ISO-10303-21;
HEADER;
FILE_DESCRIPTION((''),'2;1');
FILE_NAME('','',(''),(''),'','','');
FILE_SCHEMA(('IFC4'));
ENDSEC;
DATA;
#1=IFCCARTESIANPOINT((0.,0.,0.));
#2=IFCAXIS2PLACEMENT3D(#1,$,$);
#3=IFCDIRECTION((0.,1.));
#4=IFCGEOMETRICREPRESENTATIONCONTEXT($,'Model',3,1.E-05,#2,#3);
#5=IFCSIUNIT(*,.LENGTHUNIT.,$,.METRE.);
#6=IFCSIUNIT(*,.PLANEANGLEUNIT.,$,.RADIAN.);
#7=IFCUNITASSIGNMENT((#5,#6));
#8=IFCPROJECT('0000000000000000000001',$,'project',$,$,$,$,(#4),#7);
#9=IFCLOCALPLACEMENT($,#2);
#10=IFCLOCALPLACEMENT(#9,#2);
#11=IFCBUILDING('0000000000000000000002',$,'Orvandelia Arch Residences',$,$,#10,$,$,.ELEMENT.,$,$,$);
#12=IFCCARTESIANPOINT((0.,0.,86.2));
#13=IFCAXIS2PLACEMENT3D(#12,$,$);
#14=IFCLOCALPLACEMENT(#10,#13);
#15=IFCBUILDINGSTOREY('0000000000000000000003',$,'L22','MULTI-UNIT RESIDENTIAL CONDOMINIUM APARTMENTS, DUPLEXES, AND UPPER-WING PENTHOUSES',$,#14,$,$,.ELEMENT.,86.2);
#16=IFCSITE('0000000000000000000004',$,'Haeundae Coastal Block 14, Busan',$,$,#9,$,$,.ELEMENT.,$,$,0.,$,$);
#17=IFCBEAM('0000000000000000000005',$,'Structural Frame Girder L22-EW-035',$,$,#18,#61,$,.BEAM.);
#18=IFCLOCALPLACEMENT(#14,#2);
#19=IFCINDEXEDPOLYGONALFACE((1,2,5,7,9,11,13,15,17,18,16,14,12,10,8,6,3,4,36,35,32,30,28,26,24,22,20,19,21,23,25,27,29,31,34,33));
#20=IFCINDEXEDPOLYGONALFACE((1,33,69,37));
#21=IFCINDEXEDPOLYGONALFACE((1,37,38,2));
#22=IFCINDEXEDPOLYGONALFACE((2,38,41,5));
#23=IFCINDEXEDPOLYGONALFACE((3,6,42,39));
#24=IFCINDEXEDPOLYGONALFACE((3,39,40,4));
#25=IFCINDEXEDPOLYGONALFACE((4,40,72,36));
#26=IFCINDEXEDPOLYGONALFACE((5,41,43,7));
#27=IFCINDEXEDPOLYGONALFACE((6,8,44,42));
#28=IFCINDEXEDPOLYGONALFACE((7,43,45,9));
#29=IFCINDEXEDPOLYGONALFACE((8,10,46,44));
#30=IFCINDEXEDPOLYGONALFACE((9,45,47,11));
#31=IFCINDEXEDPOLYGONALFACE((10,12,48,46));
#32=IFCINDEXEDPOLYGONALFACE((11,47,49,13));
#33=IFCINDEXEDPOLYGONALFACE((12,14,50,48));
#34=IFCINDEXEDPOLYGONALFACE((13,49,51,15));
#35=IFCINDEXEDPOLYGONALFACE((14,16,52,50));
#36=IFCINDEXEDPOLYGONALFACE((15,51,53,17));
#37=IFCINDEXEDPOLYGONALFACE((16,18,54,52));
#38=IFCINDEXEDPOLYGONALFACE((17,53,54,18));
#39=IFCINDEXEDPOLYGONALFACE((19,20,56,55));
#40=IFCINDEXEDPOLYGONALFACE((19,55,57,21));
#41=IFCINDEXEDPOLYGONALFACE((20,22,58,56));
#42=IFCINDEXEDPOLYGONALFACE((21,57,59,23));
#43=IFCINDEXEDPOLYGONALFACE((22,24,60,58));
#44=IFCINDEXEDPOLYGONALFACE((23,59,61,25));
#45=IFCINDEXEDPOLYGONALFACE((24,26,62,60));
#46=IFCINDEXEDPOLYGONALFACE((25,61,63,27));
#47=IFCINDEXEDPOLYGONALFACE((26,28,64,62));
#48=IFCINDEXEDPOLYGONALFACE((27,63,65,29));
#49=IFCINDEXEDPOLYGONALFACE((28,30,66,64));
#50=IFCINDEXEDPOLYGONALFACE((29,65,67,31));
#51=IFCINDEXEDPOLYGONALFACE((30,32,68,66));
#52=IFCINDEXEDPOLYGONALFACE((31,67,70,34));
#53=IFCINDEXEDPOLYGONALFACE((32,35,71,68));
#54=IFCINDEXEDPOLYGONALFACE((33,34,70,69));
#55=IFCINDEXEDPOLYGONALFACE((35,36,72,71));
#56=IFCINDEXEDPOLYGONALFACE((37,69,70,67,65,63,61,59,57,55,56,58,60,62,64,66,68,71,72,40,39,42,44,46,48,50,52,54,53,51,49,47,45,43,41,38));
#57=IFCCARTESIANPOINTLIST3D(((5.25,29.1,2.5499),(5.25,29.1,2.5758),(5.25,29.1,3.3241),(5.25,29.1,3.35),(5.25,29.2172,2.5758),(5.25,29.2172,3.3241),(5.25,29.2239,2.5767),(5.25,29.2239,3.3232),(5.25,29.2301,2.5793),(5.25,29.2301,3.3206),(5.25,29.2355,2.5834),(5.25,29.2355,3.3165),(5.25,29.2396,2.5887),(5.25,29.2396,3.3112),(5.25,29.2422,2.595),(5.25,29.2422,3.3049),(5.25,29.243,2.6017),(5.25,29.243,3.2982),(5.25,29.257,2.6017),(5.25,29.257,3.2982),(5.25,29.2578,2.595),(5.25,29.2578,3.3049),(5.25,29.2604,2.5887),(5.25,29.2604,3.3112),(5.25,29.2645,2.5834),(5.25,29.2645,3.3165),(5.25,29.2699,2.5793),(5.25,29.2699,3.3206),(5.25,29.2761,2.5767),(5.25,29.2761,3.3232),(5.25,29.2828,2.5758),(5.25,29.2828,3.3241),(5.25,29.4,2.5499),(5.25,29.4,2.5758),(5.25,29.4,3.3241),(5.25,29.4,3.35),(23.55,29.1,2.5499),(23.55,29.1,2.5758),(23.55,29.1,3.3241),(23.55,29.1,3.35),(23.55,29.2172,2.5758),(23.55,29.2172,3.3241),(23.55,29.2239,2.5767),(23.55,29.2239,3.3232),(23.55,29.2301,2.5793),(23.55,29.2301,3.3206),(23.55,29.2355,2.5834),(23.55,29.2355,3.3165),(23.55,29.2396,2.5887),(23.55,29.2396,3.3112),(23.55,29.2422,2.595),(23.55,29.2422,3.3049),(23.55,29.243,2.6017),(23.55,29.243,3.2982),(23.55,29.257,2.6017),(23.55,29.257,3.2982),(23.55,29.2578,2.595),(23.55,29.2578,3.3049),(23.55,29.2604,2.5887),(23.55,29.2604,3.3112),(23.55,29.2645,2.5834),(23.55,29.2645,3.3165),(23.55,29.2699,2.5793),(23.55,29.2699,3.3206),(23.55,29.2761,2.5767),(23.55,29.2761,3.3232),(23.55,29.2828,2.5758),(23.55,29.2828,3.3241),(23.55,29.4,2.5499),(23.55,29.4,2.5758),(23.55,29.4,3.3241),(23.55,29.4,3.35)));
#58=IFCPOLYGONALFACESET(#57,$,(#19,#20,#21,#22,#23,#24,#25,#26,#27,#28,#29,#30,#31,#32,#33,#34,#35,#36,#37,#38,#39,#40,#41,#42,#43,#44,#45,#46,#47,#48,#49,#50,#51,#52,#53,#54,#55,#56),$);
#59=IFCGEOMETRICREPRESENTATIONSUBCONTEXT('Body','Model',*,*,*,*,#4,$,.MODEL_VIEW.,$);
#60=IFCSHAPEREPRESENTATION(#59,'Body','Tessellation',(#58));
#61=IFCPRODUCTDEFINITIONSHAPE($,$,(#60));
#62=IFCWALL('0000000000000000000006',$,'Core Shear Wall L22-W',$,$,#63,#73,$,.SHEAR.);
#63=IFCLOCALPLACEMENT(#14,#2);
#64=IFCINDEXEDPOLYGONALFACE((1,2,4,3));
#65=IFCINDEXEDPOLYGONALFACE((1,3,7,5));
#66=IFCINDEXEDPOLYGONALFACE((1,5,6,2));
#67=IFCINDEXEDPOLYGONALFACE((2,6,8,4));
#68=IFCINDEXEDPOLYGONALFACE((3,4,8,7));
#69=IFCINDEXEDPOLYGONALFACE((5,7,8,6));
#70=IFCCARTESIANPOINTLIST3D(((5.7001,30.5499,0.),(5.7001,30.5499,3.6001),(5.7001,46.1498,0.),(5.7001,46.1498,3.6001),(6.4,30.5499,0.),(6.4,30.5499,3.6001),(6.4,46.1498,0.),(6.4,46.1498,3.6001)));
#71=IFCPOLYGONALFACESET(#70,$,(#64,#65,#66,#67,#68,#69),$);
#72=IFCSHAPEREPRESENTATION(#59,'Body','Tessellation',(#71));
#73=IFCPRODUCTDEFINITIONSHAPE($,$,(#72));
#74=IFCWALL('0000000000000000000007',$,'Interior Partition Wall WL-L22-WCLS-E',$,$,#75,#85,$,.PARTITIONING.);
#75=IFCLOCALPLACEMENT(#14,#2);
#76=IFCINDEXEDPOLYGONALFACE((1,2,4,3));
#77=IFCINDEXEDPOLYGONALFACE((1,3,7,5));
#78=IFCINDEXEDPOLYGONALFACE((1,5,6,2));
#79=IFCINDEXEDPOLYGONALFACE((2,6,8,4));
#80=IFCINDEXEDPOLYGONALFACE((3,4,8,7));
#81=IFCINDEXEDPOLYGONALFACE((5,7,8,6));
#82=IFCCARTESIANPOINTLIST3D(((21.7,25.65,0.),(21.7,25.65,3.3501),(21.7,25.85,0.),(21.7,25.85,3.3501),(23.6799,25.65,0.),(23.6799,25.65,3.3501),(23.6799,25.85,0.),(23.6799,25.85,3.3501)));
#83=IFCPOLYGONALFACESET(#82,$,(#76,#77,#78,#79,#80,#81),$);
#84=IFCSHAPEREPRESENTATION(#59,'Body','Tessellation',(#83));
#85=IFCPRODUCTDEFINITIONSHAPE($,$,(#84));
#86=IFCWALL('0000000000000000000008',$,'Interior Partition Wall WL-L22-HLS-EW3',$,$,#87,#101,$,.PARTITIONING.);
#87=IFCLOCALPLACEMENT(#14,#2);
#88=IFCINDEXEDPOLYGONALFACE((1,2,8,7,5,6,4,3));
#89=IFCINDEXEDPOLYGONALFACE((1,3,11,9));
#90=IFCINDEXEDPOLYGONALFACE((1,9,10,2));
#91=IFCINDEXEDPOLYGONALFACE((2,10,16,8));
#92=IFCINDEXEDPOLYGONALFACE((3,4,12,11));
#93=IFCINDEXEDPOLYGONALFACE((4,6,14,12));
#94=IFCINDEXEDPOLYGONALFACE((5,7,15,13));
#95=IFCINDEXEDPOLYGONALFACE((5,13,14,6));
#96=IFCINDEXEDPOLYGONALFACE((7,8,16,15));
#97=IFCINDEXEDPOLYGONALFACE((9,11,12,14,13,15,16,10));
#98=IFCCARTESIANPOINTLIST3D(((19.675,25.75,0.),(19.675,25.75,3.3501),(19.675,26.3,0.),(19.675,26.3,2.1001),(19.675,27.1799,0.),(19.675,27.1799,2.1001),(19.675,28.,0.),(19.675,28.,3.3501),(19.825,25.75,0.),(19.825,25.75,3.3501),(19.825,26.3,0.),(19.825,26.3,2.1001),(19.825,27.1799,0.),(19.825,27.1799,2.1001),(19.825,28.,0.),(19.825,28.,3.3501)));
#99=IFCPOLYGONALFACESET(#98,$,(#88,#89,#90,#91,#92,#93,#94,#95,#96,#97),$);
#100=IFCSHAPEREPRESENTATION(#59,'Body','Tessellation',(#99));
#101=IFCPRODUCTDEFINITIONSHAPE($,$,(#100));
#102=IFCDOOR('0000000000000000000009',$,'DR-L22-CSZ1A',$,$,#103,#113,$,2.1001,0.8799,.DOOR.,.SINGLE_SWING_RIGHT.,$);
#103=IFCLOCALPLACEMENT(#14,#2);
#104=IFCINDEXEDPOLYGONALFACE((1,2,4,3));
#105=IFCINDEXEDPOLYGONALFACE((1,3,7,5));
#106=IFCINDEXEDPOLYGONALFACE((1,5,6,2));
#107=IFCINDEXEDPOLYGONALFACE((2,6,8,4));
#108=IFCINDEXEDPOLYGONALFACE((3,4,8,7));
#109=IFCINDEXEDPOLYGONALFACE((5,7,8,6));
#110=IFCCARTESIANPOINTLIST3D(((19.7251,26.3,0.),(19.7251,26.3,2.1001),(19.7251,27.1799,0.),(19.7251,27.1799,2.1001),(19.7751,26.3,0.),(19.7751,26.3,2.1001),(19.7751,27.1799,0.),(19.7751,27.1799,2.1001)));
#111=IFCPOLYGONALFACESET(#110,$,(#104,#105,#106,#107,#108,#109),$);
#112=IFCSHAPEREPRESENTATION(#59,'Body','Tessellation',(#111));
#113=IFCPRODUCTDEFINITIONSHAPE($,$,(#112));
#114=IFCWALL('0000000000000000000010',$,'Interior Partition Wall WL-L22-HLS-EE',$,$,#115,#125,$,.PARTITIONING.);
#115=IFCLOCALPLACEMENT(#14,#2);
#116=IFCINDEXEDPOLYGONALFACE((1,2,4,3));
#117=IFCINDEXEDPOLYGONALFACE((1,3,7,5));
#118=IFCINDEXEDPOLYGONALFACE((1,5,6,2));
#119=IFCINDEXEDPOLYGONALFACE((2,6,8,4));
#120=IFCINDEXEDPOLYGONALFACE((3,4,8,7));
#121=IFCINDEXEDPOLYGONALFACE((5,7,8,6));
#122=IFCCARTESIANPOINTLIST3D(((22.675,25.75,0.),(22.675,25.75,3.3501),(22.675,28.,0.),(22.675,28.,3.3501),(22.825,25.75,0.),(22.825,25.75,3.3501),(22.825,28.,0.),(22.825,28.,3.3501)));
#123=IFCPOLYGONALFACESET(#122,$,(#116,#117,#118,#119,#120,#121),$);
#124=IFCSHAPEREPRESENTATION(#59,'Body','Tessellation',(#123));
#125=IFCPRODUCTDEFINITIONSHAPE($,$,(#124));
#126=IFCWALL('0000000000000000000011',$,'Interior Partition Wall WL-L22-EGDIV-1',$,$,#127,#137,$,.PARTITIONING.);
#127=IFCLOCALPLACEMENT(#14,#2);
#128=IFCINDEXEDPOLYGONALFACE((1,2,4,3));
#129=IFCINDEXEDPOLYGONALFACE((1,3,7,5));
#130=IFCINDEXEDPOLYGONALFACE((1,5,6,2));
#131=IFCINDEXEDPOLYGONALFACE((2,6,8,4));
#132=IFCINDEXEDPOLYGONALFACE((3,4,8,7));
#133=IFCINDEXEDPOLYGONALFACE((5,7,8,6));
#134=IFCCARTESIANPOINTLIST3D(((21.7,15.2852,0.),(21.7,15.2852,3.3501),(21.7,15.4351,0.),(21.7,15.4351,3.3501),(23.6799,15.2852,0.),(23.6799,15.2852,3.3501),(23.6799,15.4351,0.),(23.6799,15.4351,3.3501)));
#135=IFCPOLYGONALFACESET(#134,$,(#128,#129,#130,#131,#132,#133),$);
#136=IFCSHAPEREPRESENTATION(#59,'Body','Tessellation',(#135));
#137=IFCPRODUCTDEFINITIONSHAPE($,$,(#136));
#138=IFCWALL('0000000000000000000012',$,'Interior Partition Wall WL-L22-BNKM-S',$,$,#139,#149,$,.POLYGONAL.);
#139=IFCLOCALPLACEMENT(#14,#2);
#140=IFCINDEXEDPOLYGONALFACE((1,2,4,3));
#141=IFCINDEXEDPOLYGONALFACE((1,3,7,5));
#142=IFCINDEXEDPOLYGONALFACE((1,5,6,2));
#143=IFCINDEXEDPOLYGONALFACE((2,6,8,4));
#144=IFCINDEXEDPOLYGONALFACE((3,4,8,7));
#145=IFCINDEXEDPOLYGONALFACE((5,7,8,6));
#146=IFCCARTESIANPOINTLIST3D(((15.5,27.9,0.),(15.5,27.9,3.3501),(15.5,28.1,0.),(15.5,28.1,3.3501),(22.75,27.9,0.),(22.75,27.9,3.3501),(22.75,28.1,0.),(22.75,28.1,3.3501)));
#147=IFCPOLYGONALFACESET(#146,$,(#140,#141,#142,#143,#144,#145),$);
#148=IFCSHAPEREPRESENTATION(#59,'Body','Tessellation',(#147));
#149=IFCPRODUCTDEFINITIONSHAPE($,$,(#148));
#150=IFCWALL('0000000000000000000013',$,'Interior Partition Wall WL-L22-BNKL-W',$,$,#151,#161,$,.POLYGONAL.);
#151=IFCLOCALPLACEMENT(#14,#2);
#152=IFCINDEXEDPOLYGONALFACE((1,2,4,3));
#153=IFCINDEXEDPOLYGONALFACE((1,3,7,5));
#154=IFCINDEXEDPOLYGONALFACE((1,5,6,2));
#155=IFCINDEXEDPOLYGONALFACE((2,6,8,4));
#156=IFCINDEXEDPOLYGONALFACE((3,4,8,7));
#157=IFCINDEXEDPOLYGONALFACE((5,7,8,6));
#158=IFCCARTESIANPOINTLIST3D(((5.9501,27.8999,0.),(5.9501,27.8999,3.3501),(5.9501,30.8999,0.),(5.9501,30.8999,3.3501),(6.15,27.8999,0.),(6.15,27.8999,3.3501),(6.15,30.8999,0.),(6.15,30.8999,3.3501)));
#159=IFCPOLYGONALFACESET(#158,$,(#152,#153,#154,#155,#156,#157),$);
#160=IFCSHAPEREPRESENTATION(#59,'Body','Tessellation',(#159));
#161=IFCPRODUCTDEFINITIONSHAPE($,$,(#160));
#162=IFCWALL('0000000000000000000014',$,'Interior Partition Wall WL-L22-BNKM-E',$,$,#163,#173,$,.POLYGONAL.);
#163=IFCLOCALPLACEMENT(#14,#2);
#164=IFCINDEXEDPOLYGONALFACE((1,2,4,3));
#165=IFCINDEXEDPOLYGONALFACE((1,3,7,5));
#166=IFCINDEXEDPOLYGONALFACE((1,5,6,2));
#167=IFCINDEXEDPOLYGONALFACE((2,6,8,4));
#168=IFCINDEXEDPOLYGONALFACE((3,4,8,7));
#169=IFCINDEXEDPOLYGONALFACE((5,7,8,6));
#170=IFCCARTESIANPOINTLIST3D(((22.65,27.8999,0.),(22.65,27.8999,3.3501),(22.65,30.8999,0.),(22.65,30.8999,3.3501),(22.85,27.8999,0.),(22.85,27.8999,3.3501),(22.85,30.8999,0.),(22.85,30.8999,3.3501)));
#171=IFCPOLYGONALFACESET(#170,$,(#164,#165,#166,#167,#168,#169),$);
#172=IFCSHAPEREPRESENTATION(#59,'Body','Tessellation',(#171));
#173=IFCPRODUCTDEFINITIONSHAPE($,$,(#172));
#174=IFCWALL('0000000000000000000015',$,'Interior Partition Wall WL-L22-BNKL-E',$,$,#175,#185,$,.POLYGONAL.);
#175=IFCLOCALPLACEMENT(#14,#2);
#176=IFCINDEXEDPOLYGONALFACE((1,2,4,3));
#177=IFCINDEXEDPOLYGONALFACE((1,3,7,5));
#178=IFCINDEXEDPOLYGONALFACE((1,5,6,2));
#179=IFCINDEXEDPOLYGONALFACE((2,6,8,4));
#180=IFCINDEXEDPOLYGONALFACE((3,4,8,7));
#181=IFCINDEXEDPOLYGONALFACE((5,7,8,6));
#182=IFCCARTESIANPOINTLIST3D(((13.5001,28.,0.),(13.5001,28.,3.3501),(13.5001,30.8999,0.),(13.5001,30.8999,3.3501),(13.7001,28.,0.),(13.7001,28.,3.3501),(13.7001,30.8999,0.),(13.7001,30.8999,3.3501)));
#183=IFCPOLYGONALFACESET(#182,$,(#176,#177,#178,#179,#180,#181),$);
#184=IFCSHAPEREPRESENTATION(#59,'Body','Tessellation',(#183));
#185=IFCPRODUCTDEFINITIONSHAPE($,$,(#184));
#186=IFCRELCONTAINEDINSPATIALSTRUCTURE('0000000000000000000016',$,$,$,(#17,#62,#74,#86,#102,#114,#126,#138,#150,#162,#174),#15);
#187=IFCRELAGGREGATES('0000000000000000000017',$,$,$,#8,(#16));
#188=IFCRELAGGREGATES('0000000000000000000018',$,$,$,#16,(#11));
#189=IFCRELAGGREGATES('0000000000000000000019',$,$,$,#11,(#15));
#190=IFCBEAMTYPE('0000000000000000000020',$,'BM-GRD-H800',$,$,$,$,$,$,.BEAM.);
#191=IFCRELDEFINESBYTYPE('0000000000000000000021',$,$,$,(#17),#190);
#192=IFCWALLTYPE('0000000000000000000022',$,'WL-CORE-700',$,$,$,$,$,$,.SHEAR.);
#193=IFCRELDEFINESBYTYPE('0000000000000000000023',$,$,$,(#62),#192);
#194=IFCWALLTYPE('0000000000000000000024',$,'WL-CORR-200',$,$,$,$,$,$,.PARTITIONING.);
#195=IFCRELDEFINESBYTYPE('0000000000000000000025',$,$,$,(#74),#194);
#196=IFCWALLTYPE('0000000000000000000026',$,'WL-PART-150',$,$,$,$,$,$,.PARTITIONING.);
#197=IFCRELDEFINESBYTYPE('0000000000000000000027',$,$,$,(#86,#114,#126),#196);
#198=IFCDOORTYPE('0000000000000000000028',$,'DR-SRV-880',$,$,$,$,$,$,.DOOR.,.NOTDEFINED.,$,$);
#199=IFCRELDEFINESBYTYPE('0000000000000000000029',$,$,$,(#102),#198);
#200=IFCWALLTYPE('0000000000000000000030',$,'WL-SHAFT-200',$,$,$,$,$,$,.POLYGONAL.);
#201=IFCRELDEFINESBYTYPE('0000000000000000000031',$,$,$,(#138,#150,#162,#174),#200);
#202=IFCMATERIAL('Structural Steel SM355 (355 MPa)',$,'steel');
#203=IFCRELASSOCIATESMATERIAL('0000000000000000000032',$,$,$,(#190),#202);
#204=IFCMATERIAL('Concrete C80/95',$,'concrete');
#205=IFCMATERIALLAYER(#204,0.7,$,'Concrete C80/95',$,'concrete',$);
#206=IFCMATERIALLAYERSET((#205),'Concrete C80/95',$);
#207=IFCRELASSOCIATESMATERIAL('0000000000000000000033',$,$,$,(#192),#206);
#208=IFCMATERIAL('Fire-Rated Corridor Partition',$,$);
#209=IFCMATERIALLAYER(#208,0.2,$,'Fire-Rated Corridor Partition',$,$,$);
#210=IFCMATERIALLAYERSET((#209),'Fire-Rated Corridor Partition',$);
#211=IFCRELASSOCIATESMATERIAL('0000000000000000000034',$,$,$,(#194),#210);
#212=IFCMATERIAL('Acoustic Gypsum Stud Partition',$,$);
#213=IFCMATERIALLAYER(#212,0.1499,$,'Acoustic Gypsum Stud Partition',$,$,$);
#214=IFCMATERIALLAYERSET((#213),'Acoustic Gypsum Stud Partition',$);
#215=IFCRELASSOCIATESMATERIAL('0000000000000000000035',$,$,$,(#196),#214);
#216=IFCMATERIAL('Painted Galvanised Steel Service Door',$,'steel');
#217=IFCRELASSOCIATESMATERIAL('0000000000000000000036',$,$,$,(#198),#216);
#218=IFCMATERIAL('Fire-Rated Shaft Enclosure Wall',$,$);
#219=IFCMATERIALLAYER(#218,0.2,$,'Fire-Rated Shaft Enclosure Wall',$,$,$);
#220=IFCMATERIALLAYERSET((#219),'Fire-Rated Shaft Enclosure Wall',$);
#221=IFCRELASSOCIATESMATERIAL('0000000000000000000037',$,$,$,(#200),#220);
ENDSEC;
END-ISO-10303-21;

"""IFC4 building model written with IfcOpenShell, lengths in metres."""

from ifc_helpers import new_model, si_unit, direction, frame, frame_2d, origin, origin_2d, place, context, subcontext, project, spatial, rectangle, i_section, extrude, material, layer, layer_set, material_profile, profile_set, type_object, element, fill, save


model = new_model("IFC4")

# Units and contexts
model_context = context("Model", 3, precision=1e-05, world=origin(), true_north=direction((0.0, 1.0)))
body_context = subcontext(model_context, "Body", "Model", "MODEL_VIEW")
ifc_project = project(units=[si_unit("LENGTHUNIT", "METRE"), si_unit("PLANEANGLEUNIT", "RADIAN")], contexts=[model_context])

# Site, building, storey
site_placement = place(None, origin())
site = spatial("IfcSite", under=ifc_project, at=site_placement, Name="Haeundae Coastal Block 14, Busan", CompositionType="ELEMENT", RefElevation=0.0)
building_placement = place(site_placement, origin())
building = spatial("IfcBuilding", under=site, at=building_placement, Name="Orvandelia Arch Residences", CompositionType="ELEMENT")
storey_placement = place(building_placement, frame((0.0, 0.0, 86.2)))
storey = spatial("IfcBuildingStorey", under=building, at=storey_placement, Name="L22", Description="MULTI-UNIT RESIDENTIAL CONDOMINIUM APARTMENTS, DUPLEXES, AND UPPER-WING PENTHOUSES", CompositionType="ELEMENT", Elevation=86.2)

# Beam
ifc_material_1 = material(Name="Structural Steel SM355 (355 MPa)", Category="steel")
ifc_material_profile = material_profile(ifc_material_1, i_section(OverallWidth=0.3, OverallDepth=0.8, WebThickness=0.0139, FlangeThickness=0.0259, FilletRadius=0.0259, at=origin_2d()), Name="Structural Steel SM355 (355 MPa)", Category="steel")
ifc_profile_set = profile_set([ifc_material_profile], Name="Structural Steel SM355 (355 MPa)")
beam_type = type_object("IfcBeamType", Name="BM-GRD-H800", PredefinedType="BEAM", material=ifc_profile_set)
beam_placement = place(storey_placement, frame((5.25, 29.25, 2.95), z_axis=(1.0, 0.0, 0.0), x_axis=(0.0, 1.0, 0.0)))
element("IfcBeam", 1, at=beam_placement, inside=storey, type_object=beam_type, Name="Structural Frame Girder L22-EW-035", PredefinedType="BEAM", context=body_context, shape_type="SweptSolid", body=[
    extrude(i_section(OverallWidth=0.3, OverallDepth=0.8, WebThickness=0.0139, FlangeThickness=0.0259, FilletRadius=0.0259, at=origin_2d()), origin(), (0.0, 0.0, 1.0), 18.3),
])

# Walls
ifc_material_2 = material(Name="Concrete C80/95", Category="concrete")
ifc_layer_1 = layer(ifc_material_2, 0.7, Name="Concrete C80/95", Category="concrete")
ifc_layer_set_1 = layer_set([ifc_layer_1], Name="Concrete C80/95")
wall_type_1 = type_object("IfcWallType", Name="WL-CORE-700", PredefinedType="SHEAR", material=ifc_layer_set_1)
wall_1_placement = place(storey_placement, frame((6.05, 30.55, 0.0), z_axis=(0.0, 0.0, 1.0), x_axis=(0.0, 1.0, 0.0)))
element("IfcWall", 2, at=wall_1_placement, inside=storey, type_object=wall_type_1, Name="Core Shear Wall L22-W", PredefinedType="SHEAR", context=body_context, shape_type="SweptSolid", body=[
    extrude(rectangle(XDim=15.5999, YDim=0.7, at=frame_2d((7.7998, 0.0))), origin(), (0.0, 0.0, 1.0), 3.6001),
])
ifc_material_3 = material(Name="Fire-Rated Corridor Partition")
ifc_layer_2 = layer(ifc_material_3, 0.2, Name="Fire-Rated Corridor Partition")
ifc_layer_set_2 = layer_set([ifc_layer_2], Name="Fire-Rated Corridor Partition")
wall_type_2 = type_object("IfcWallType", Name="WL-CORR-200", PredefinedType="PARTITIONING", material=ifc_layer_set_2)
wall_2_placement = place(storey_placement, frame((21.7, 25.75, 0.0), z_axis=(0.0, 0.0, 1.0), x_axis=(1.0, 0.0, 0.0)))
element("IfcWall", 3, at=wall_2_placement, inside=storey, type_object=wall_type_2, Name="Interior Partition Wall WL-L22-WCLS-E", PredefinedType="PARTITIONING", context=body_context, shape_type="SweptSolid", body=[
    extrude(rectangle(XDim=1.98, YDim=0.2, at=frame_2d((0.99, 0.0))), origin(), (0.0, 0.0, 1.0), 3.3501),
])

# Wall, opening, door
ifc_material_4 = material(Name="Acoustic Gypsum Stud Partition")
ifc_layer_3 = layer(ifc_material_4, 0.1499, Name="Acoustic Gypsum Stud Partition")
ifc_layer_set_3 = layer_set([ifc_layer_3], Name="Acoustic Gypsum Stud Partition")
wall_type_3 = type_object("IfcWallType", Name="WL-PART-150", PredefinedType="PARTITIONING", material=ifc_layer_set_3)
wall_3_placement = place(storey_placement, frame((19.75, 25.75, 0.0), z_axis=(0.0, 0.0, 1.0), x_axis=(0.0, 1.0, 0.0)))
wall_3 = element("IfcWall", 4, at=wall_3_placement, inside=storey, type_object=wall_type_3, Name="Interior Partition Wall WL-L22-HLS-EW3", PredefinedType="PARTITIONING", context=body_context, shape_type="SweptSolid", body=[
    extrude(rectangle(XDim=2.25, YDim=0.1499, at=frame_2d((1.125, 0.0))), origin(), (0.0, 0.0, 1.0), 3.3501),
])
opening_1_placement = place(wall_3_placement, frame((0.55, 0.0, 0.0)))
opening_1 = element("IfcOpeningElement", 5, at=opening_1_placement, cuts=wall_3, PredefinedType="OPENING", context=body_context, shape_type="SweptSolid", body=[
    extrude(rectangle(XDim=0.8799, YDim=2.1001, at=frame_2d((0.4399, 1.05))), frame((0.0, 0.085, 0.0), z_axis=(0.0, -1.0, 0.0), x_axis=(1.0, 0.0, 0.0)), (0.0, 0.0, 1.0), 0.1699),
])
ifc_material_5 = material(Name="Painted Galvanised Steel Service Door", Category="steel")
door_type_1 = type_object("IfcDoorType", Name="DR-SRV-880", OperationType="NOTDEFINED", PredefinedType="DOOR", material=ifc_material_5)
door_1_placement = place(opening_1_placement, origin())
door_1 = element("IfcDoor", 6, at=door_1_placement, inside=storey, type_object=door_type_1, Name="DR-L22-CSZ1A", OperationType="SINGLE_SWING_RIGHT", OverallHeight=2.1001, OverallWidth=0.8799, PredefinedType="DOOR", context=body_context, shape_type="SweptSolid", body=[
    extrude(rectangle(XDim=0.8799, YDim=2.1001, at=frame_2d((0.4399, 1.05))), frame((0.0, 0.0249, 0.0), z_axis=(0.0, -1.0, 0.0), x_axis=(1.0, 0.0, 0.0)), (0.0, 0.0, 1.0), 0.05),
])
fill(opening_1, door_1)

# Walls
wall_4_placement = place(storey_placement, frame((22.75, 25.75, 0.0), z_axis=(0.0, 0.0, 1.0), x_axis=(0.0, 1.0, 0.0)))
element("IfcWall", 7, at=wall_4_placement, inside=storey, type_object=wall_type_3, Name="Interior Partition Wall WL-L22-HLS-EE", PredefinedType="PARTITIONING", context=body_context, shape_type="SweptSolid", body=[
    extrude(rectangle(XDim=2.25, YDim=0.1499, at=frame_2d((1.125, 0.0))), origin(), (0.0, 0.0, 1.0), 3.3501),
])
wall_5_placement = place(storey_placement, frame((21.7, 15.3601, 0.0), z_axis=(0.0, 0.0, 1.0), x_axis=(1.0, 0.0, 0.0)))
element("IfcWall", 8, at=wall_5_placement, inside=storey, type_object=wall_type_3, Name="Interior Partition Wall WL-L22-EGDIV-1", PredefinedType="PARTITIONING", context=body_context, shape_type="SweptSolid", body=[
    extrude(rectangle(XDim=1.98, YDim=0.1499, at=frame_2d((0.99, 0.0))), origin(), (0.0, 0.0, 1.0), 3.3501),
])

# Shared definitions
ifc_material_6 = material(Name="Fire-Rated Shaft Enclosure Wall")
ifc_layer_4 = layer(ifc_material_6, 0.2, Name="Fire-Rated Shaft Enclosure Wall")
ifc_layer_set_4 = layer_set([ifc_layer_4], Name="Fire-Rated Shaft Enclosure Wall")
wall_type_4 = type_object("IfcWallType", Name="WL-SHAFT-200", PredefinedType="POLYGONAL", material=ifc_layer_set_4)

# Walls
wall_6_placement = place(storey_placement, frame((15.5, 28.0, 0.0), z_axis=(0.0, 0.0, 1.0), x_axis=(1.0, 0.0, 0.0)))
element("IfcWall", 9, at=wall_6_placement, inside=storey, type_object=wall_type_4, Name="Interior Partition Wall WL-L22-BNKM-S", PredefinedType="POLYGONAL", context=body_context, shape_type="SweptSolid", body=[
    extrude(rectangle(XDim=7.25, YDim=0.2, at=frame_2d((3.625, 0.0))), origin(), (0.0, 0.0, 1.0), 3.3501),
])
for number, where, z_axis, x_axis, name in (
    (10, (6.05, 27.8999, 0.0), (0.0, 0.0, 1.0), (0.0, 1.0, 0.0), "Interior Partition Wall WL-L22-BNKL-W"),
    (11, (22.75, 27.8999, 0.0), (0.0, 0.0, 1.0), (0.0, 1.0, 0.0), "Interior Partition Wall WL-L22-BNKM-E"),
):
    element("IfcWall", number, at=place(storey_placement, frame(where, z_axis=z_axis, x_axis=x_axis)), inside=storey, type_object=wall_type_4, Name=name, PredefinedType="POLYGONAL", context=body_context, shape_type="SweptSolid", body=[
        extrude(rectangle(XDim=3.0, YDim=0.2, at=frame_2d((1.5, 0.0))), origin(), (0.0, 0.0, 1.0), 3.3501),
    ])
for number, where, z_axis, x_axis, name in (
    (12, (13.6001, 28.0, 0.0), (0.0, 0.0, 1.0), (0.0, 1.0, 0.0), "Interior Partition Wall WL-L22-BNKL-E"),
):
    element("IfcWall", number, at=place(storey_placement, frame(where, z_axis=z_axis, x_axis=x_axis)), inside=storey, type_object=wall_type_4, Name=name, PredefinedType="POLYGONAL", context=body_context, shape_type="SweptSolid", body=[
        extrude(rectangle(XDim=2.8999, YDim=0.2, at=frame_2d((1.45, 0.0))), origin(), (0.0, 0.0, 1.0), 3.3501),
    ])

save(model, "model.ifc")
